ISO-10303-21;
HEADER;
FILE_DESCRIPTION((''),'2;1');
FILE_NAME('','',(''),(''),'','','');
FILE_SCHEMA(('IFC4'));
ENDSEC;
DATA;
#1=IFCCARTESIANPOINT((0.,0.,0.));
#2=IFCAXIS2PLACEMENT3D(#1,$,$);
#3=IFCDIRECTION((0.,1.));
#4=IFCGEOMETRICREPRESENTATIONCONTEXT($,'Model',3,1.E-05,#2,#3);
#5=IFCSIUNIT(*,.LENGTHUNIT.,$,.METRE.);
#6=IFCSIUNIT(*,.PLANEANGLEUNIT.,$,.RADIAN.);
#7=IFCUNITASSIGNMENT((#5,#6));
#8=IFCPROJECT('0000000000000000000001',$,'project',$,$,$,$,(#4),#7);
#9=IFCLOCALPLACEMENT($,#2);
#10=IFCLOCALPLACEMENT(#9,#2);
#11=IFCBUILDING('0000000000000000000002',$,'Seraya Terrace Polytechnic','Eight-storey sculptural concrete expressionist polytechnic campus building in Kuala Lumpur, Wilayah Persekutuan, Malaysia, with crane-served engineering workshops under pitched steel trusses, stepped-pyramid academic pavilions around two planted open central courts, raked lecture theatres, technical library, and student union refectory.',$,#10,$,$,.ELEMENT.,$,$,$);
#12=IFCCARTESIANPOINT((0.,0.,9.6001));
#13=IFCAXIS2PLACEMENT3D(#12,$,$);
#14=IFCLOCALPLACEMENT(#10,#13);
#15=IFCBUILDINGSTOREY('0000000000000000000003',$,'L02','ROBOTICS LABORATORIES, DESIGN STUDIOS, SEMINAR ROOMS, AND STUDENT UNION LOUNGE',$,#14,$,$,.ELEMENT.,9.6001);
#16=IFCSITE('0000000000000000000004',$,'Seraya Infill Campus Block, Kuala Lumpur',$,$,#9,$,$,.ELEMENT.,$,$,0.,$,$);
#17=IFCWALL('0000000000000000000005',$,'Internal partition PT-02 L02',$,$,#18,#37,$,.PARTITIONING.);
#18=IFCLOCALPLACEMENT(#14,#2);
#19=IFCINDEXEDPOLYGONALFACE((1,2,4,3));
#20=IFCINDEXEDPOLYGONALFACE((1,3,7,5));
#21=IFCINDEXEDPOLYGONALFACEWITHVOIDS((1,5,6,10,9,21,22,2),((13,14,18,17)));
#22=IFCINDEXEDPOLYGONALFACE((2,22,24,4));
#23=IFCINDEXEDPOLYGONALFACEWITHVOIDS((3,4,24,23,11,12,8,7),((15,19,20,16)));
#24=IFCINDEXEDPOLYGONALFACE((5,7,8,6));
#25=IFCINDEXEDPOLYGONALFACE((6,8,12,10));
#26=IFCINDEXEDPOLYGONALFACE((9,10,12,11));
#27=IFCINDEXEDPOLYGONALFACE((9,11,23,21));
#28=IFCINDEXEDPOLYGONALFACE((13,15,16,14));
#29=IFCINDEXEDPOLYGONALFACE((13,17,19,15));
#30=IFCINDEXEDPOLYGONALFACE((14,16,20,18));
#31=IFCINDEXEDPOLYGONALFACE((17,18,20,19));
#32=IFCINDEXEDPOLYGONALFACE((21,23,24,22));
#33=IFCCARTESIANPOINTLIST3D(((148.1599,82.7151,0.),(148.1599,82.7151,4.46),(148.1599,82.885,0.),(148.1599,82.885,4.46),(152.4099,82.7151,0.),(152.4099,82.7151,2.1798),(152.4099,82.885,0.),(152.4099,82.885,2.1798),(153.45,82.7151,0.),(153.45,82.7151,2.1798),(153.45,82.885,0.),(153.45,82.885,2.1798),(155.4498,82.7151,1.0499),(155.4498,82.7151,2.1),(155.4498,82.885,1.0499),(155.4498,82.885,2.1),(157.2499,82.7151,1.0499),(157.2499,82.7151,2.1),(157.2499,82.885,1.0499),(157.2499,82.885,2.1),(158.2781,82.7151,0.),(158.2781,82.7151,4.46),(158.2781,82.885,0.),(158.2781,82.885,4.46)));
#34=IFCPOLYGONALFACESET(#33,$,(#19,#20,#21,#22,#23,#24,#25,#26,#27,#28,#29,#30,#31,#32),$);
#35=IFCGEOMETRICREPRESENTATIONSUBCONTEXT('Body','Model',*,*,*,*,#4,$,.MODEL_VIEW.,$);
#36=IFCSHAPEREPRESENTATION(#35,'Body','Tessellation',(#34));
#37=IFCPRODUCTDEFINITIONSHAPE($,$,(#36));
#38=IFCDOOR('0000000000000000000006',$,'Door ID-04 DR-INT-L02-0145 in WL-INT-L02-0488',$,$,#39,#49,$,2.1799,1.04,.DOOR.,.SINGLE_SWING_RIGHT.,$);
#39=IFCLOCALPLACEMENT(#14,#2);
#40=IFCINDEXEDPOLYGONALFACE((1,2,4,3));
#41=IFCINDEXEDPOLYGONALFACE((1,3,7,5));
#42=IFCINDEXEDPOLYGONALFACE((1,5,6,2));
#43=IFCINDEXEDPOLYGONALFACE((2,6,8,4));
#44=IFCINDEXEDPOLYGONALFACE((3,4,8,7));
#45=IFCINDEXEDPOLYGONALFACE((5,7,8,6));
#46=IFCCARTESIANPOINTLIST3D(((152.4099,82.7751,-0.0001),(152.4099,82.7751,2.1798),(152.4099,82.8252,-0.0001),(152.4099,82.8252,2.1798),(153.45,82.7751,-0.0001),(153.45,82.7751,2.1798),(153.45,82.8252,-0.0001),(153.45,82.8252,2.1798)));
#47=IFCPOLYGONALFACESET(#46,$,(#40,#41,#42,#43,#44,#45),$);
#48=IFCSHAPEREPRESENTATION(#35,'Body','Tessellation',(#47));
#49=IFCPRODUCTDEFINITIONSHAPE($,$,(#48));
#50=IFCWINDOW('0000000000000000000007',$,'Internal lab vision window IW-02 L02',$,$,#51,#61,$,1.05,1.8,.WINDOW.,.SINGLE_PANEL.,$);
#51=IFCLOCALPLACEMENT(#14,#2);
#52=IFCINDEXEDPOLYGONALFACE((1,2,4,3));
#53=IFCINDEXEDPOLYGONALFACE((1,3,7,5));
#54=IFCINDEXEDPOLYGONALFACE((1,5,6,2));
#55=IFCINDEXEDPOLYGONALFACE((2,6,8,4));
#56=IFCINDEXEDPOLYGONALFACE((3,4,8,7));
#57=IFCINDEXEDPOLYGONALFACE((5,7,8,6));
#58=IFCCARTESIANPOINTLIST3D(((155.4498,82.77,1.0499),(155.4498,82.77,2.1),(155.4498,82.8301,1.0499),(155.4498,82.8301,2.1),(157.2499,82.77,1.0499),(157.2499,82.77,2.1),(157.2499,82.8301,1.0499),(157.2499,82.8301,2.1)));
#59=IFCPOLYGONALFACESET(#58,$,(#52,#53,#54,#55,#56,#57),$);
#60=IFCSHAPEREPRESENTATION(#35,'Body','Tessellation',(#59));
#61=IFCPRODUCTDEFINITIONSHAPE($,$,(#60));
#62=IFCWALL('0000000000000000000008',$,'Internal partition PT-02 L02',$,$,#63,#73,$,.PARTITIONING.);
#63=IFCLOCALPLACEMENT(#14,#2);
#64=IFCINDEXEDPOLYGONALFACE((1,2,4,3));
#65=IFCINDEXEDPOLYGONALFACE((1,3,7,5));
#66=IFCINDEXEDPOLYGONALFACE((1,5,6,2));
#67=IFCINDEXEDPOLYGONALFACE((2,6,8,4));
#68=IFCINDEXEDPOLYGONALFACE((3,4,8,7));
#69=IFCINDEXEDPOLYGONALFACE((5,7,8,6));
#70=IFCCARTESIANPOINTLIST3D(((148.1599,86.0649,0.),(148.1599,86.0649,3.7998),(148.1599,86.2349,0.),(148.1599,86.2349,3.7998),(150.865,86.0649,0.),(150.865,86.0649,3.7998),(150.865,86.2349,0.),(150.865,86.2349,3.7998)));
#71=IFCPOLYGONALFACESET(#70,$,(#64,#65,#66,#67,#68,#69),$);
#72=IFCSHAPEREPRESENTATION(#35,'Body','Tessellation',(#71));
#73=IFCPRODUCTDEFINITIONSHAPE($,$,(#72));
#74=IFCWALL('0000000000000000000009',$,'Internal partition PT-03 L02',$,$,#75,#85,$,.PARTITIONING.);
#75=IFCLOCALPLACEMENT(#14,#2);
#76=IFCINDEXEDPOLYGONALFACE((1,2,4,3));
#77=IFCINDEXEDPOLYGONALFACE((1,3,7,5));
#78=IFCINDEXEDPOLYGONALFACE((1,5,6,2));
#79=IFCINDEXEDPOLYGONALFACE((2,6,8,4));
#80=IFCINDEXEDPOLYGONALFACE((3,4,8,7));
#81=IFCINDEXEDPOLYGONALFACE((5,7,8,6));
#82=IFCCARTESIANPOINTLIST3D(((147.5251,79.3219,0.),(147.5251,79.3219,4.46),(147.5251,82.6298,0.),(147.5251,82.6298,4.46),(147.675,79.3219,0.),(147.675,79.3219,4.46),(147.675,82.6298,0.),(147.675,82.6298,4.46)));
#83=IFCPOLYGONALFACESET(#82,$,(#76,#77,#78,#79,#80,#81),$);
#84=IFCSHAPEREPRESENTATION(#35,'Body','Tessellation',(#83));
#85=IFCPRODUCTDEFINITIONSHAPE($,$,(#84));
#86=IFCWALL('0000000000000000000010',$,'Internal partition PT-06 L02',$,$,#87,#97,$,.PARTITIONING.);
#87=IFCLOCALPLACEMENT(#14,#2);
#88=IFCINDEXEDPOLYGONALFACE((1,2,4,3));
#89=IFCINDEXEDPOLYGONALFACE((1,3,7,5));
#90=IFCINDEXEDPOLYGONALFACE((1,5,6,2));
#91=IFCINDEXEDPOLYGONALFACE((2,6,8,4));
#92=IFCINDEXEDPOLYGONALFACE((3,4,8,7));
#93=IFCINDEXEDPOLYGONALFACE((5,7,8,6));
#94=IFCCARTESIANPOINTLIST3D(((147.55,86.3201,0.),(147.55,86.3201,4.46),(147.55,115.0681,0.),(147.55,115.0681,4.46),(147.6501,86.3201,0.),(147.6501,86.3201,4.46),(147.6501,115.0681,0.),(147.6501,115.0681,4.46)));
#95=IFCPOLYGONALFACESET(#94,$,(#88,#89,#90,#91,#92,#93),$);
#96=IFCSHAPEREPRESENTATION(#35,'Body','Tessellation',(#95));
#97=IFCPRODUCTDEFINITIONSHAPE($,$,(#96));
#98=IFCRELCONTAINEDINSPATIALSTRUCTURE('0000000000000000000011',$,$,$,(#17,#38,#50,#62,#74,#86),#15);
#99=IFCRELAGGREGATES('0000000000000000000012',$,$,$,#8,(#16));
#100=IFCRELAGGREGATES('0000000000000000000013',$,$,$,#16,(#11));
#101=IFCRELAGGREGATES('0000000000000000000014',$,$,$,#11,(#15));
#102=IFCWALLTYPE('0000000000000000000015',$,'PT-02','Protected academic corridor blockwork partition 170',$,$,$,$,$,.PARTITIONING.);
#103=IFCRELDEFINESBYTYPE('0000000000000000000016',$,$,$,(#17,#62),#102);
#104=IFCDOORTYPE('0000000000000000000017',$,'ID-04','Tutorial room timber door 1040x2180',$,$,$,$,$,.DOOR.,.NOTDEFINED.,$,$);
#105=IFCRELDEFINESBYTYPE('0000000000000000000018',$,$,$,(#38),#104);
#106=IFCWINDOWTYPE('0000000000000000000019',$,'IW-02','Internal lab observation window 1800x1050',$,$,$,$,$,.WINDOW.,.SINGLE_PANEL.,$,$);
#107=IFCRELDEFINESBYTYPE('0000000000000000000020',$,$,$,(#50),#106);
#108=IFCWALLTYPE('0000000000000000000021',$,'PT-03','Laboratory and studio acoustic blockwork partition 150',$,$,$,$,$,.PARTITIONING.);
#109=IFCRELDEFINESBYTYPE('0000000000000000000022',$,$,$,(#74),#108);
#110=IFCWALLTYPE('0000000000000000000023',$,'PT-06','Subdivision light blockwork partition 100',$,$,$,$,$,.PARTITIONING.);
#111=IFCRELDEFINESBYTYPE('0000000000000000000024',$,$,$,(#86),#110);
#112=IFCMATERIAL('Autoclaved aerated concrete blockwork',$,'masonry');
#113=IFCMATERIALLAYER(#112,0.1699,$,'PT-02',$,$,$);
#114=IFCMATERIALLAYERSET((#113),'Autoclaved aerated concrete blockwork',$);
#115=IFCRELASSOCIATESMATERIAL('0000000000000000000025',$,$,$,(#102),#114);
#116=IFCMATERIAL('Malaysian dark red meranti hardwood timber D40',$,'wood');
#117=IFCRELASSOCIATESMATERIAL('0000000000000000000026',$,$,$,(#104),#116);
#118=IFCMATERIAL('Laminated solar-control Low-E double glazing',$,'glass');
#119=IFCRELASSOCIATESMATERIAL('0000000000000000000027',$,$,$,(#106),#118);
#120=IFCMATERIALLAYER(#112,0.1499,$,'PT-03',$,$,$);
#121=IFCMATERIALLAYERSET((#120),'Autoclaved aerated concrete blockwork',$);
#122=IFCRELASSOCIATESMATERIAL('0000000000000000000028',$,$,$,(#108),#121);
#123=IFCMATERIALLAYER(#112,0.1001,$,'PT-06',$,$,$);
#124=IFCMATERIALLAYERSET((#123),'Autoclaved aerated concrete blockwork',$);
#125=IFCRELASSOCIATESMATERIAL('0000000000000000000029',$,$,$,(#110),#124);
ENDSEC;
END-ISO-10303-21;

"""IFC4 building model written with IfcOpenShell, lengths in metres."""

from ifc_helpers import new_model, si_unit, direction, frame, frame_2d, origin, place, context, subcontext, project, spatial, rectangle, extrude, material, layer, layer_set, type_object, element, fill, save


model = new_model("IFC4")

# Units and contexts
model_context = context("Model", 3, precision=1e-05, world=origin(), true_north=direction((0.0, 1.0)))
body_context = subcontext(model_context, "Body", "Model", "MODEL_VIEW")
ifc_project = project(units=[si_unit("LENGTHUNIT", "METRE"), si_unit("PLANEANGLEUNIT", "RADIAN")], contexts=[model_context])

# Site, building, storey
site_placement = place(None, origin())
site = spatial("IfcSite", under=ifc_project, at=site_placement, Name="Seraya Infill Campus Block, Kuala Lumpur", CompositionType="ELEMENT", RefElevation=0.0)
building_placement = place(site_placement, origin())
building = spatial("IfcBuilding", under=site, at=building_placement, Name="Seraya Terrace Polytechnic", Description="Eight-storey sculptural concrete expressionist polytechnic campus building in Kuala Lumpur, Wilayah Persekutuan, Malaysia, with crane-served engineering workshops under pitched steel trusses, stepped-pyramid academic pavilions around two planted open central courts, raked lecture theatres, technical library, and student union refectory.", CompositionType="ELEMENT")
storey_placement = place(building_placement, frame((0.0, 0.0, 9.6001)))
storey = spatial("IfcBuildingStorey", under=building, at=storey_placement, Name="L02", Description="ROBOTICS LABORATORIES, DESIGN STUDIOS, SEMINAR ROOMS, AND STUDENT UNION LOUNGE", CompositionType="ELEMENT", Elevation=9.6001)

# Shared definitions
ifc_material_1 = material(Name="Laminated solar-control Low-E double glazing", Category="glass")

# Wall, openings, door, window
ifc_material_2 = material(Name="Autoclaved aerated concrete blockwork", Category="masonry")
ifc_layer_1 = layer(ifc_material_2, 0.1699, Name="PT-02")
ifc_layer_set_1 = layer_set([ifc_layer_1], Name="Autoclaved aerated concrete blockwork")
wall_type_1 = type_object("IfcWallType", Name="PT-02", Description="Protected academic corridor blockwork partition 170", PredefinedType="PARTITIONING", material=ifc_layer_set_1)
wall_1_placement = place(storey_placement, frame((148.1599, 82.8, 0.0), z_axis=(0.0, 0.0, 1.0), x_axis=(1.0, 0.0, 0.0)))
wall_1 = element("IfcWall", 1, at=wall_1_placement, inside=storey, type_object=wall_type_1, Name="Internal partition PT-02 L02", PredefinedType="PARTITIONING", context=body_context, shape_type="SweptSolid", body=[
    extrude(rectangle(XDim=10.1182, YDim=0.1699, at=frame_2d((5.0591, 0.0))), origin(), (0.0, 0.0, 1.0), 4.46),
])
opening_1_placement = place(wall_1_placement, frame((4.25, 0.0, 0.0)))
opening_1 = element("IfcOpeningElement", 2, at=opening_1_placement, cuts=wall_1, PredefinedType="OPENING", context=body_context, shape_type="SweptSolid", body=[
    extrude(rectangle(XDim=1.04, YDim=2.1799, at=frame_2d((0.52, 1.0898))), frame((0.0, 0.0969, 0.0), z_axis=(0.0, -1.0, 0.0), x_axis=(1.0, 0.0, 0.0)), (0.0, 0.0, 1.0), 0.1938),
])
opening_2_placement = place(wall_1_placement, frame((7.29, 0.0, 1.05)))
opening_2 = element("IfcOpeningElement", 3, at=opening_2_placement, cuts=wall_1, PredefinedType="OPENING", context=body_context, shape_type="SweptSolid", body=[
    extrude(rectangle(XDim=1.8, YDim=1.05, at=frame_2d((0.8999, 0.5249))), frame((0.0, 0.0969, 0.0), z_axis=(0.0, -1.0, 0.0), x_axis=(1.0, 0.0, 0.0)), (0.0, 0.0, 1.0), 0.1938),
])
ifc_material_3 = material(Name="Malaysian dark red meranti hardwood timber D40", Category="wood")
door_type = type_object("IfcDoorType", Name="ID-04", Description="Tutorial room timber door 1040x2180", OperationType="NOTDEFINED", PredefinedType="DOOR", material=ifc_material_3)
door_placement = place(opening_1_placement, frame((1.04, 0.0, 0.0), z_axis=(0.0, 0.0, 1.0), x_axis=(-1.0, 0.0, 0.0)))
door = element("IfcDoor", 4, at=door_placement, inside=storey, type_object=door_type, Name="Door ID-04 DR-INT-L02-0145 in WL-INT-L02-0488", OperationType="SINGLE_SWING_RIGHT", OverallHeight=2.1799, OverallWidth=1.04, PredefinedType="DOOR", context=body_context, shape_type="SweptSolid", body=[
    extrude(rectangle(XDim=1.04, YDim=2.1799, at=frame_2d((0.52, 1.0898))), frame((0.0, 0.0249, 0.0), z_axis=(0.0, -1.0, 0.0), x_axis=(1.0, 0.0, 0.0)), (0.0, 0.0, 1.0), 0.05),
])
fill(opening_1, door)
window_type = type_object("IfcWindowType", Name="IW-02", Description="Internal lab observation window 1800x1050", PartitioningType="SINGLE_PANEL", PredefinedType="WINDOW", material=ifc_material_1)
window_placement = place(opening_2_placement, origin())
window = element("IfcWindow", 5, at=window_placement, inside=storey, type_object=window_type, Name="Internal lab vision window IW-02 L02", OverallHeight=1.05, OverallWidth=1.8, PartitioningType="SINGLE_PANEL", PredefinedType="WINDOW", context=body_context, shape_type="SweptSolid", body=[
    extrude(rectangle(XDim=1.8, YDim=1.05, at=frame_2d((0.8999, 0.5249))), frame((0.0, 0.03, 0.0), z_axis=(0.0, -1.0, 0.0), x_axis=(1.0, 0.0, 0.0)), (0.0, 0.0, 1.0), 0.0601),
])
fill(opening_2, window)

# Walls
wall_2_placement = place(storey_placement, frame((148.1599, 86.1499, 0.0), z_axis=(0.0, 0.0, 1.0), x_axis=(1.0, 0.0, 0.0)))
element("IfcWall", 6, at=wall_2_placement, inside=storey, type_object=wall_type_1, Name="Internal partition PT-02 L02", PredefinedType="PARTITIONING", context=body_context, shape_type="SweptSolid", body=[
    extrude(rectangle(XDim=2.7051, YDim=0.1699, at=frame_2d((1.3525, 0.0))), origin(), (0.0, 0.0, 1.0), 3.7998),
])
ifc_layer_2 = layer(ifc_material_2, 0.1499, Name="PT-03")
ifc_layer_set_2 = layer_set([ifc_layer_2], Name="Autoclaved aerated concrete blockwork")
wall_type_2 = type_object("IfcWallType", Name="PT-03", Description="Laboratory and studio acoustic blockwork partition 150", PredefinedType="PARTITIONING", material=ifc_layer_set_2)
wall_3_placement = place(storey_placement, frame((147.6001, 79.322, 0.0), z_axis=(0.0, 0.0, 1.0), x_axis=(0.0, 1.0, 0.0)))
element("IfcWall", 7, at=wall_3_placement, inside=storey, type_object=wall_type_2, Name="Internal partition PT-03 L02", PredefinedType="PARTITIONING", context=body_context, shape_type="SweptSolid", body=[
    extrude(rectangle(XDim=3.3079, YDim=0.1499, at=frame_2d((1.6538, 0.0))), origin(), (0.0, 0.0, 1.0), 4.46),
])
ifc_layer_3 = layer(ifc_material_2, 0.1001, Name="PT-06")
ifc_layer_set_3 = layer_set([ifc_layer_3], Name="Autoclaved aerated concrete blockwork")
wall_type_3 = type_object("IfcWallType", Name="PT-06", Description="Subdivision light blockwork partition 100", PredefinedType="PARTITIONING", material=ifc_layer_set_3)
wall_4_placement = place(storey_placement, frame((147.6001, 86.3201, 0.0), z_axis=(0.0, 0.0, 1.0), x_axis=(0.0, 1.0, 0.0)))
element("IfcWall", 8, at=wall_4_placement, inside=storey, type_object=wall_type_3, Name="Internal partition PT-06 L02", PredefinedType="PARTITIONING", context=body_context, shape_type="SweptSolid", body=[
    extrude(rectangle(XDim=28.748, YDim=0.1001, at=frame_2d((14.374, 0.0))), origin(), (0.0, 0.0, 1.0), 4.46),
])

save(model, "model.ifc")
